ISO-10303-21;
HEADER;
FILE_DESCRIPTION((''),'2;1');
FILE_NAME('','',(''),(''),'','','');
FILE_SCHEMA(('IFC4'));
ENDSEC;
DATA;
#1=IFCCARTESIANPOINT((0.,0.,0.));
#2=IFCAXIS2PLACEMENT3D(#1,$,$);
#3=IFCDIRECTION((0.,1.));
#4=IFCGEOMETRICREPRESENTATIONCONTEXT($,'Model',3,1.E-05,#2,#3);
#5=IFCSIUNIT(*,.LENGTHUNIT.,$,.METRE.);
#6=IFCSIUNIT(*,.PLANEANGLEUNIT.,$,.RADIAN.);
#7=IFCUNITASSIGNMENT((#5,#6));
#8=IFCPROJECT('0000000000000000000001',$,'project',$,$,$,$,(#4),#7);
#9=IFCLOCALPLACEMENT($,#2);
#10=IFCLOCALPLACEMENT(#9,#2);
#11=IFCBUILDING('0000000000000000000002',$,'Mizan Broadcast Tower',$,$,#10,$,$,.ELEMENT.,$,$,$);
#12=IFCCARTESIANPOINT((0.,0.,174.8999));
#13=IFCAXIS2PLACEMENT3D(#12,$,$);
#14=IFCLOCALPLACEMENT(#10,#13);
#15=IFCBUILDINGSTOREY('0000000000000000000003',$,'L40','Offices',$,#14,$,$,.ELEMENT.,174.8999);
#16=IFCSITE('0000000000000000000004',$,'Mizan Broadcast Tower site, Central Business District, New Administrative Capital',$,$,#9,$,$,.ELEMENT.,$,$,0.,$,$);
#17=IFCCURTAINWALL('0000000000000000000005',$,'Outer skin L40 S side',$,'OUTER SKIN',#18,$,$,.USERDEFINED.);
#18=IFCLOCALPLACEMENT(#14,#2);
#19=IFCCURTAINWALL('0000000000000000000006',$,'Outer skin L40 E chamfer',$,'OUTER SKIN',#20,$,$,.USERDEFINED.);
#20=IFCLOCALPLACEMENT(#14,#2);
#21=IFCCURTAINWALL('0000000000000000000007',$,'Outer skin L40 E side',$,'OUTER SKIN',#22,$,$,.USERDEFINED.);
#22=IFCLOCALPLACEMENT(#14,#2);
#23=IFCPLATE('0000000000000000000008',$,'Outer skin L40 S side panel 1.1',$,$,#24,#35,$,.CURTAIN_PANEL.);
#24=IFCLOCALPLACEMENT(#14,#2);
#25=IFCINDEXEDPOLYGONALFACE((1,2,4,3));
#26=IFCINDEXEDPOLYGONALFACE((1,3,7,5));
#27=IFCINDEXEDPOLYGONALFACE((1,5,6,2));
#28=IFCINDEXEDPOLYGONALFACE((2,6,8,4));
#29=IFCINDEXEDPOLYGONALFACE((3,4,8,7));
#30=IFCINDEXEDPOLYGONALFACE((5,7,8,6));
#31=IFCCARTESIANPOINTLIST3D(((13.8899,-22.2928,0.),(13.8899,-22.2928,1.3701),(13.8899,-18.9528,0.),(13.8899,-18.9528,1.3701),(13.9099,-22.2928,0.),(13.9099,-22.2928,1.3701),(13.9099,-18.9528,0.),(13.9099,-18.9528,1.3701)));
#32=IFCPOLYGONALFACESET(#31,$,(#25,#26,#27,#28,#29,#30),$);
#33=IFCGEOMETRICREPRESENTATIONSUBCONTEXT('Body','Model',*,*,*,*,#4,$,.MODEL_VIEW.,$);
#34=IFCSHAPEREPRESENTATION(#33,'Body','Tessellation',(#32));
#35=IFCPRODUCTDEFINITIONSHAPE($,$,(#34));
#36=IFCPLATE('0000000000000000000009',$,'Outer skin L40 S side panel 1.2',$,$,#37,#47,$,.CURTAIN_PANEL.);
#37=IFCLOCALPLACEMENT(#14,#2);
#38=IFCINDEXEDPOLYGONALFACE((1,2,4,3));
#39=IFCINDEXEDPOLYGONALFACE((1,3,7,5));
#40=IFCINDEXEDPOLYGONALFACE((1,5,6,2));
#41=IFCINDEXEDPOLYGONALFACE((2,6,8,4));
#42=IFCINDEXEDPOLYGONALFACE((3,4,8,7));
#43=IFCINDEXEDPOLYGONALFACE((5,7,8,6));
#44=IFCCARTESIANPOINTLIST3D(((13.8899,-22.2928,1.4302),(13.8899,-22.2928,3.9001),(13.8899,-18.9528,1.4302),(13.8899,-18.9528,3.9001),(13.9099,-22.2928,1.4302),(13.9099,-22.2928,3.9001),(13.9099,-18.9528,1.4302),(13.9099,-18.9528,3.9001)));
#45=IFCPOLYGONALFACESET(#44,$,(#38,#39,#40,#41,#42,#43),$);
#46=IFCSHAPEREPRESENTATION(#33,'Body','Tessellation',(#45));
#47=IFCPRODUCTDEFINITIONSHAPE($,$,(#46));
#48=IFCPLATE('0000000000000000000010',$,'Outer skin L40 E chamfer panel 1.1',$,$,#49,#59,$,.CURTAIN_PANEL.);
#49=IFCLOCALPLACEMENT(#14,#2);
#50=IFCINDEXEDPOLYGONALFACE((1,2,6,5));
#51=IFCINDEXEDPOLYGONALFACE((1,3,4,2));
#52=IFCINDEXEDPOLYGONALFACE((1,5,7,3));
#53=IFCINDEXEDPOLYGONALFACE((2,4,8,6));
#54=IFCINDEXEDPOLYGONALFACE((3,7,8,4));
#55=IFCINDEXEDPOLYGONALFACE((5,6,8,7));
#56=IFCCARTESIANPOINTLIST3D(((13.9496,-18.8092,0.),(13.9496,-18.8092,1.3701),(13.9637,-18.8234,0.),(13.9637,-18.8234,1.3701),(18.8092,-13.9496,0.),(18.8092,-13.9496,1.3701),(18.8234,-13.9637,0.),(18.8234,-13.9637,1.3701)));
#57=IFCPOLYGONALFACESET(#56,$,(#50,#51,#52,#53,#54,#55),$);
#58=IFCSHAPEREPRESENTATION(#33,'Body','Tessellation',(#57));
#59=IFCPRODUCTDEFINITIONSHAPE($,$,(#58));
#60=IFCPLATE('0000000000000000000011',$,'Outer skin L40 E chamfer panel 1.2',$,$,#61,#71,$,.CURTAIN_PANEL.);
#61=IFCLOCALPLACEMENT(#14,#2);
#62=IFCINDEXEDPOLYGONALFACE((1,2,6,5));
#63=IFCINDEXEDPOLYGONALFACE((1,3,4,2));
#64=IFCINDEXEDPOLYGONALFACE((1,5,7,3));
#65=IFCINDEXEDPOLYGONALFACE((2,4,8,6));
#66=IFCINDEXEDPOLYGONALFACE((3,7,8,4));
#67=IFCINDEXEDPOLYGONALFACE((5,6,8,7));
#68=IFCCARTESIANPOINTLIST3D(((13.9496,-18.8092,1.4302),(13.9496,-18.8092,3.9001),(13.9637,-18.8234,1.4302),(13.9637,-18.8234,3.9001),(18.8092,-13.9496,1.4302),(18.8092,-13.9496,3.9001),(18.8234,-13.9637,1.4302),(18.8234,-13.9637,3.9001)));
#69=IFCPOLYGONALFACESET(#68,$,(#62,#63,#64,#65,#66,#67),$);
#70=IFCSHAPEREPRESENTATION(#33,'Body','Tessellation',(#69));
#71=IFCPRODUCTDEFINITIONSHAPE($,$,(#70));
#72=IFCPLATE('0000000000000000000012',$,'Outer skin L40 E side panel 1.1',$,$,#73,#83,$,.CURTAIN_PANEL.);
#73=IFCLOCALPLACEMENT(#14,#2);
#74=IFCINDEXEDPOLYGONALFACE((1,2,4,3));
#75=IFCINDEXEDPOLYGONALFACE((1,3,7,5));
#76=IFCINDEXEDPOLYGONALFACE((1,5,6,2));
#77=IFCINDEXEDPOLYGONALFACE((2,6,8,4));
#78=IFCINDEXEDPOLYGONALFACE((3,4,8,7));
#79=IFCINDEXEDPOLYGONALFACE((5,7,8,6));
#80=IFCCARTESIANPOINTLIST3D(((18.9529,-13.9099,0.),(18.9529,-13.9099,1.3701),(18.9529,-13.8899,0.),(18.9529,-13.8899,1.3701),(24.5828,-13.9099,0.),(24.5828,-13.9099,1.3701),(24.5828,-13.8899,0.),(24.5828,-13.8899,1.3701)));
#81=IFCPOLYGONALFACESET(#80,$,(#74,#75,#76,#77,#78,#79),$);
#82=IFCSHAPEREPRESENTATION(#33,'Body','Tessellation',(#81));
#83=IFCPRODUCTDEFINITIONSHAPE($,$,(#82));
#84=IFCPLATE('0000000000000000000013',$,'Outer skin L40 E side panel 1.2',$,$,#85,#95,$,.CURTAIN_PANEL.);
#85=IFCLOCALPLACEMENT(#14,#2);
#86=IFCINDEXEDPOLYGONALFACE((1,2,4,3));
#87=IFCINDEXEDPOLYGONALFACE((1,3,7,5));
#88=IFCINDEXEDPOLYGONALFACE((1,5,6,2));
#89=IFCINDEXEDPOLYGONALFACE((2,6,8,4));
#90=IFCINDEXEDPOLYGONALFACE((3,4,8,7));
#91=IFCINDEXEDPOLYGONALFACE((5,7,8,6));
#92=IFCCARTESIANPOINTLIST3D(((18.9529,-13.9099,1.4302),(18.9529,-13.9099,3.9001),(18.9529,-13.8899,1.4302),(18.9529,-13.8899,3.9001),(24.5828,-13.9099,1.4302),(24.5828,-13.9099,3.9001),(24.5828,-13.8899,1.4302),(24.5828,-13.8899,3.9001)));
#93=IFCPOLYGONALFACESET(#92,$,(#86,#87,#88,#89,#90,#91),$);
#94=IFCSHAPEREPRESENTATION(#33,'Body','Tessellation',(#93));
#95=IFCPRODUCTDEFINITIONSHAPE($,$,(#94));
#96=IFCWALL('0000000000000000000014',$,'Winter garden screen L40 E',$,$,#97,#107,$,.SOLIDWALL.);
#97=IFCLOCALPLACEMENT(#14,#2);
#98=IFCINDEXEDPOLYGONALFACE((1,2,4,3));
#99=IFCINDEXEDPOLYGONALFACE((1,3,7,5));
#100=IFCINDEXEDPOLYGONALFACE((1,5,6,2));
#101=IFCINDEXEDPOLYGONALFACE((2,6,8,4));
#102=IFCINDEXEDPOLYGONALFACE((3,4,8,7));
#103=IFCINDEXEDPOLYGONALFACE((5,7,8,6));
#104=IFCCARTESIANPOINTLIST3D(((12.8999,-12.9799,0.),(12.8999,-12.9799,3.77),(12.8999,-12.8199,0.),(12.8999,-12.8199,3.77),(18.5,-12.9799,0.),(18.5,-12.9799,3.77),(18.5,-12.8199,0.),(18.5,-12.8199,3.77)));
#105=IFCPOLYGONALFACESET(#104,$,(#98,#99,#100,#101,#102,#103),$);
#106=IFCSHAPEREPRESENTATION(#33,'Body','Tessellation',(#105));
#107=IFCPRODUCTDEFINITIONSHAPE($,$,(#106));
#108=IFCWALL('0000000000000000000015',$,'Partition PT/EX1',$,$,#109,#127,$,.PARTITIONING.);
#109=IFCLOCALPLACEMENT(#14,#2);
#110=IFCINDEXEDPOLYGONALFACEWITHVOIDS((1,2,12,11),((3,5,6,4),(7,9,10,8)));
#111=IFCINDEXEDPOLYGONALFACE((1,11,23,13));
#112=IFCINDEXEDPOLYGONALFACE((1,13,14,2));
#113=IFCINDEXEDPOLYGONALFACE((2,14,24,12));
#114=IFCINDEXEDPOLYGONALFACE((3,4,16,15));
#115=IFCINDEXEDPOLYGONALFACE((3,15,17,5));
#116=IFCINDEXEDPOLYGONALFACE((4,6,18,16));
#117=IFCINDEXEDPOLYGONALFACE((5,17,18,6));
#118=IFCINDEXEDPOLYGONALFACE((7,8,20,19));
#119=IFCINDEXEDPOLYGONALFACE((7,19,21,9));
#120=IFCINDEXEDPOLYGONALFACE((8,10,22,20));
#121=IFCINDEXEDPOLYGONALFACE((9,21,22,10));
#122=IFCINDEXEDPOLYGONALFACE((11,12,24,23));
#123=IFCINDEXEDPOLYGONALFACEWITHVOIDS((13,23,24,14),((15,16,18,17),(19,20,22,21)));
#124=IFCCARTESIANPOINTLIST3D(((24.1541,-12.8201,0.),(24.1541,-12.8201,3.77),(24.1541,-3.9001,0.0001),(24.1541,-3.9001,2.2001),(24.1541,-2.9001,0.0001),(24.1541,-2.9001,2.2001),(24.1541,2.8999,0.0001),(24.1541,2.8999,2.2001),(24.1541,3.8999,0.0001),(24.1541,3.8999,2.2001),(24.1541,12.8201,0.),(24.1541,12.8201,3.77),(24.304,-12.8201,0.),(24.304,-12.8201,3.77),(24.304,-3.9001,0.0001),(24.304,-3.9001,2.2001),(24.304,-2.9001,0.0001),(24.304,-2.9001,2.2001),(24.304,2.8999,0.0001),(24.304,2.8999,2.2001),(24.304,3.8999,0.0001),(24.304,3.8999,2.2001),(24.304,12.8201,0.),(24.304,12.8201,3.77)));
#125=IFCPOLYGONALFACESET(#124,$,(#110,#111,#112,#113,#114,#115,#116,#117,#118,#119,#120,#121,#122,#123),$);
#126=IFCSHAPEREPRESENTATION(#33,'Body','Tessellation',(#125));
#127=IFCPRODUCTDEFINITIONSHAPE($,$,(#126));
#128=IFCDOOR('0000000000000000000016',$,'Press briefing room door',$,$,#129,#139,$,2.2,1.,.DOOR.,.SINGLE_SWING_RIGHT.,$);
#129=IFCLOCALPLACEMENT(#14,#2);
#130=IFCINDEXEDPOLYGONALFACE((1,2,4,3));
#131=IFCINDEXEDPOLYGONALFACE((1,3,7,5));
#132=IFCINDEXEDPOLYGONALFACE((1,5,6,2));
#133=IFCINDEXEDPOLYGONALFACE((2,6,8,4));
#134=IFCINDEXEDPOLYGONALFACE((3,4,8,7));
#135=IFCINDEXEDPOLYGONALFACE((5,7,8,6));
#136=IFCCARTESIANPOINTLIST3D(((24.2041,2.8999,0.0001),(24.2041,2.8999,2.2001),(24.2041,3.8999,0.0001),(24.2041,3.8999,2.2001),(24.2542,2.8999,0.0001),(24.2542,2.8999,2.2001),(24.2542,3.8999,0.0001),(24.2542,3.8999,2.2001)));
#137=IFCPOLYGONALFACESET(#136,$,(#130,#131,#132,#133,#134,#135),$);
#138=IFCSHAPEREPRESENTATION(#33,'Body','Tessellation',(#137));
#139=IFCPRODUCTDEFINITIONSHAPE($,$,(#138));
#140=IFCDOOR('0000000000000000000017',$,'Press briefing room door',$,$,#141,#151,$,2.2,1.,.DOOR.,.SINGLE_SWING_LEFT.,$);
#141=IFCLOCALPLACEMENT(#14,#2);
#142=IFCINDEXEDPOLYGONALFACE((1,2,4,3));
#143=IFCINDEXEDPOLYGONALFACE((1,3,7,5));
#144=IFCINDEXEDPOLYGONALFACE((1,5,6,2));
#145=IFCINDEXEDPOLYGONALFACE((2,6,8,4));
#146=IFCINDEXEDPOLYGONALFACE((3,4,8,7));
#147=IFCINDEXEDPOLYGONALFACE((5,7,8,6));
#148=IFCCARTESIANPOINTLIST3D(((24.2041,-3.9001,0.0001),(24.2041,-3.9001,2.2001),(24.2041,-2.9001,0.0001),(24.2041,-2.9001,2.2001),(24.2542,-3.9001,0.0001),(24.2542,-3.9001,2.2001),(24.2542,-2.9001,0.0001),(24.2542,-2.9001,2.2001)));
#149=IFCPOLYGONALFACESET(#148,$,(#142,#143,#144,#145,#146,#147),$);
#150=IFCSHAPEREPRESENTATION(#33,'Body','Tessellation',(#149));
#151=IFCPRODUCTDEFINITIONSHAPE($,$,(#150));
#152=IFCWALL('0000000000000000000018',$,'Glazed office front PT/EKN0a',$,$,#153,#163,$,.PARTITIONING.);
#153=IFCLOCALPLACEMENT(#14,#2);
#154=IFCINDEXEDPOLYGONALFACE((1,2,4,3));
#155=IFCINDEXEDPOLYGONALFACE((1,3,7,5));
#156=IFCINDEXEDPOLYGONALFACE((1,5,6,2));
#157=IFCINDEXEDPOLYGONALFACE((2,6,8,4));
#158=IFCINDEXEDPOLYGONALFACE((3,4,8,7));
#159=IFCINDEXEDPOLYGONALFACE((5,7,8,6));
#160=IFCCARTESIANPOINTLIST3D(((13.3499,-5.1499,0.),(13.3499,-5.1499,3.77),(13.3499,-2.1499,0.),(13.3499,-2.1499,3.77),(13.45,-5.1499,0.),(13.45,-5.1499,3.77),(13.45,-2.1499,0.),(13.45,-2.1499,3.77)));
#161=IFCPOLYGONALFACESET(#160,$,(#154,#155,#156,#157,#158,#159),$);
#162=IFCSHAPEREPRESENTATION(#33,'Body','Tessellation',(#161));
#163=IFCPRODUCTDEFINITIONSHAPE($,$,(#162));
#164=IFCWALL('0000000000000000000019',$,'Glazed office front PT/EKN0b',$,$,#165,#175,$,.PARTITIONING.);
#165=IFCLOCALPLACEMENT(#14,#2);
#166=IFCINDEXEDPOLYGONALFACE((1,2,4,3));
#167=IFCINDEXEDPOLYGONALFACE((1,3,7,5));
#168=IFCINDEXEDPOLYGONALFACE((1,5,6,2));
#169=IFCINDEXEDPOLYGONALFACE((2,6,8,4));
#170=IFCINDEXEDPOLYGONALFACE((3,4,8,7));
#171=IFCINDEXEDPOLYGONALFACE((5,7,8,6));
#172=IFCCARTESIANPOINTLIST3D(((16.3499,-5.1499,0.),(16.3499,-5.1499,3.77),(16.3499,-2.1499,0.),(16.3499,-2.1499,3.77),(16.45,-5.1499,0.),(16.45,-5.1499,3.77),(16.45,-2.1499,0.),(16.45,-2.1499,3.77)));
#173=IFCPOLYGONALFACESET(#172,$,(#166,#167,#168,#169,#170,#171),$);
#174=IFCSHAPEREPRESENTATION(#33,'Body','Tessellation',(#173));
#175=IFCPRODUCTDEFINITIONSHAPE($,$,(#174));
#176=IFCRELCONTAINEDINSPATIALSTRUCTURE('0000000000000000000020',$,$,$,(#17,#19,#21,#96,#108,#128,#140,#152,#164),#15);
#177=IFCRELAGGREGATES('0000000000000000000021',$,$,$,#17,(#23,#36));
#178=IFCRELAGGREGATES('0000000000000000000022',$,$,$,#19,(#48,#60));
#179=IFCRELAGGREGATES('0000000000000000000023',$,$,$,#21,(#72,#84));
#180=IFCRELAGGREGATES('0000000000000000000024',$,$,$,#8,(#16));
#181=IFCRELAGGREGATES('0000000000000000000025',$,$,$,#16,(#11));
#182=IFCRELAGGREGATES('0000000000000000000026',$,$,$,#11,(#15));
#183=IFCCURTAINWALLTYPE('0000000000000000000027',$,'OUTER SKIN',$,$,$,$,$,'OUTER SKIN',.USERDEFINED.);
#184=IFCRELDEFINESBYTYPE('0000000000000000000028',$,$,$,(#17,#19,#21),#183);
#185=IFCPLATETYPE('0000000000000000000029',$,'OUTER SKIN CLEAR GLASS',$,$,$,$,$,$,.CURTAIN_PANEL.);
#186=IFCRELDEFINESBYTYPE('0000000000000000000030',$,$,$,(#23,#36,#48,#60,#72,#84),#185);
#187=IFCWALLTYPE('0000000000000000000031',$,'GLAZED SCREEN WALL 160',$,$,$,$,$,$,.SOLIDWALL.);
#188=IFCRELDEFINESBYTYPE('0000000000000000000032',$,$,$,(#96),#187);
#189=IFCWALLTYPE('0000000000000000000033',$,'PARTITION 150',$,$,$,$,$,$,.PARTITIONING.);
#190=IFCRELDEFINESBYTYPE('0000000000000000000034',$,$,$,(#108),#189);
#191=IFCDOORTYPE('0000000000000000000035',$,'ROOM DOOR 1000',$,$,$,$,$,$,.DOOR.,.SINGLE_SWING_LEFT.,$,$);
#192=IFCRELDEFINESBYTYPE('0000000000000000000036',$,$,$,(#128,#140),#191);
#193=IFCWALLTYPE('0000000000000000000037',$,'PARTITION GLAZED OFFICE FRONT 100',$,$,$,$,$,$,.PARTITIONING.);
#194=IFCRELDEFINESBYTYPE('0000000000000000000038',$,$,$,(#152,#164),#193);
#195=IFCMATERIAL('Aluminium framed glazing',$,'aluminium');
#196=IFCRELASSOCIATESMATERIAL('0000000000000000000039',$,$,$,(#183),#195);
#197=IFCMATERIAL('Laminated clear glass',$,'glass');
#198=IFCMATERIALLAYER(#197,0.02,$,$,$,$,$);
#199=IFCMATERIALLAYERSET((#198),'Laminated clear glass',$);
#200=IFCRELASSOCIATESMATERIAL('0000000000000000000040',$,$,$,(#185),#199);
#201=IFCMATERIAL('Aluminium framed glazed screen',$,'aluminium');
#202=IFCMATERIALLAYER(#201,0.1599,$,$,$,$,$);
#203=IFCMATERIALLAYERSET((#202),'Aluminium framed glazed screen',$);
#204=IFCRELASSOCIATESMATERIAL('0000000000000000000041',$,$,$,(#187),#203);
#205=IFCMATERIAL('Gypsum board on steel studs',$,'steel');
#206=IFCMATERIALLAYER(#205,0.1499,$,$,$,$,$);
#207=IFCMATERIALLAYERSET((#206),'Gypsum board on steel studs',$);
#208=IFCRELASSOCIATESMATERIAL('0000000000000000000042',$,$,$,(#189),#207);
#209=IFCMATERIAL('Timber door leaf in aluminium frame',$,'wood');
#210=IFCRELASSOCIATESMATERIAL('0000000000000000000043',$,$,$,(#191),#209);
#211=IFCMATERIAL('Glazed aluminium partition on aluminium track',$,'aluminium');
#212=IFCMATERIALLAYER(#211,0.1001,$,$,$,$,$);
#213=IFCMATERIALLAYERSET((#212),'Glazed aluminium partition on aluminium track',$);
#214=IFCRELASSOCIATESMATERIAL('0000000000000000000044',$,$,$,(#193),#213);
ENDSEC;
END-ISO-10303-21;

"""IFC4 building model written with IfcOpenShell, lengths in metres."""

from ifc_helpers import new_model, si_unit, direction, frame, frame_2d, origin, origin_2d, place, context, subcontext, project, spatial, rectangle, extrude, material, layer, layer_set, type_object, element, fill, aggregate, save


model = new_model("IFC4")

# Units and contexts
model_context = context("Model", 3, precision=1e-05, world=origin(), true_north=direction((0.0, 1.0)))
body_context = subcontext(model_context, "Body", "Model", "MODEL_VIEW")
ifc_project = project(units=[si_unit("LENGTHUNIT", "METRE"), si_unit("PLANEANGLEUNIT", "RADIAN")], contexts=[model_context])

# Site, building, storey
site_placement = place(None, origin())
site = spatial("IfcSite", under=ifc_project, at=site_placement, Name="Mizan Broadcast Tower site, Central Business District, New Administrative Capital", CompositionType="ELEMENT", RefElevation=0.0)
building_placement = place(site_placement, origin())
building = spatial("IfcBuilding", under=site, at=building_placement, Name="Mizan Broadcast Tower", CompositionType="ELEMENT")
storey_placement = place(building_placement, frame((0.0, 0.0, 174.8999)))
storey = spatial("IfcBuildingStorey", under=building, at=storey_placement, Name="L40", Description="Offices", CompositionType="ELEMENT", Elevation=174.8999)

# Curtain walls
ifc_material_1 = material(Name="Aluminium framed glazing", Category="aluminium")
curtain_wall_type_1 = type_object("IfcCurtainWallType", Name="OUTER SKIN", ElementType="OUTER SKIN", PredefinedType="USERDEFINED", material=ifc_material_1)
curtain_wall_1_placement = place(storey_placement, origin())
curtain_wall_1 = element("IfcCurtainWall", 1, at=curtain_wall_1_placement, inside=storey, type_object=curtain_wall_type_1, Name="Outer skin L40 S side", ObjectType="OUTER SKIN", PredefinedType="USERDEFINED")
curtain_wall_2_placement = place(storey_placement, origin())
curtain_wall_2 = element("IfcCurtainWall", 2, at=curtain_wall_2_placement, inside=storey, type_object=curtain_wall_type_1, Name="Outer skin L40 E chamfer", ObjectType="OUTER SKIN", PredefinedType="USERDEFINED")
curtain_wall_3_placement = place(storey_placement, origin())
curtain_wall_3 = element("IfcCurtainWall", 3, at=curtain_wall_3_placement, inside=storey, type_object=curtain_wall_type_1, Name="Outer skin L40 E side", ObjectType="OUTER SKIN", PredefinedType="USERDEFINED")

# Plates
ifc_material_2 = material(Name="Laminated clear glass", Category="glass")
ifc_layer_1 = layer(ifc_material_2, 0.02)
ifc_layer_set_1 = layer_set([ifc_layer_1], Name="Laminated clear glass")
plate_type_1 = type_object("IfcPlateType", Name="OUTER SKIN CLEAR GLASS", PredefinedType="CURTAIN_PANEL", material=ifc_layer_set_1)
plate_1_placement = place(storey_placement, frame((13.8999, -20.6228, 0.0), z_axis=(0.0, 0.0, 1.0), x_axis=(0.0, 1.0, 0.0)))
plate_1 = element("IfcPlate", 4, at=plate_1_placement, type_object=plate_type_1, Name="Outer skin L40 S side panel 1.1", PredefinedType="CURTAIN_PANEL", context=body_context, shape_type="SweptSolid", body=[
    extrude(rectangle(XDim=3.3401, YDim=0.02, at=origin_2d()), origin(), (0.0, 0.0, 1.0), 1.3701),
])
plate_2_placement = place(storey_placement, frame((13.8999, -20.6228, 1.4302), z_axis=(0.0, 0.0, 1.0), x_axis=(0.0, 1.0, 0.0)))
plate_2 = element("IfcPlate", 5, at=plate_2_placement, type_object=plate_type_1, Name="Outer skin L40 S side panel 1.2", PredefinedType="CURTAIN_PANEL", context=body_context, shape_type="SweptSolid", body=[
    extrude(rectangle(XDim=3.3401, YDim=0.02, at=origin_2d()), origin(), (0.0, 0.0, 1.0), 2.47),
])
aggregate(curtain_wall_1, [plate_1, plate_2])
plate_3_placement = place(storey_placement, frame((16.3865, -16.3865, 0.0), z_axis=(0.0, 0.0, 1.0), x_axis=(0.707107, 0.707107, 0.0)))
plate_3 = element("IfcPlate", 6, at=plate_3_placement, type_object=plate_type_1, Name="Outer skin L40 E chamfer panel 1.1", PredefinedType="CURTAIN_PANEL", context=body_context, shape_type="SweptSolid", body=[
    extrude(rectangle(XDim=6.8726, YDim=0.02, at=origin_2d()), origin(), (0.0, 0.0, 1.0), 1.3701),
])
plate_4_placement = place(storey_placement, frame((16.3865, -16.3865, 1.4302), z_axis=(0.0, 0.0, 1.0), x_axis=(0.707107, 0.707107, 0.0)))
plate_4 = element("IfcPlate", 7, at=plate_4_placement, type_object=plate_type_1, Name="Outer skin L40 E chamfer panel 1.2", PredefinedType="CURTAIN_PANEL", context=body_context, shape_type="SweptSolid", body=[
    extrude(rectangle(XDim=6.8726, YDim=0.02, at=origin_2d()), origin(), (0.0, 0.0, 1.0), 2.47),
])
aggregate(curtain_wall_2, [plate_3, plate_4])
plate_5_placement = place(storey_placement, frame((21.7678, -13.8999, 0.0), z_axis=(0.0, 0.0, 1.0), x_axis=(1.0, 0.0, 0.0)))
plate_5 = element("IfcPlate", 8, at=plate_5_placement, type_object=plate_type_1, Name="Outer skin L40 E side panel 1.1", PredefinedType="CURTAIN_PANEL", context=body_context, shape_type="SweptSolid", body=[
    extrude(rectangle(XDim=5.6299, YDim=0.02, at=origin_2d()), origin(), (0.0, 0.0, 1.0), 1.3701),
])
plate_6_placement = place(storey_placement, frame((21.7678, -13.8999, 1.4302), z_axis=(0.0, 0.0, 1.0), x_axis=(1.0, 0.0, 0.0)))
plate_6 = element("IfcPlate", 9, at=plate_6_placement, type_object=plate_type_1, Name="Outer skin L40 E side panel 1.2", PredefinedType="CURTAIN_PANEL", context=body_context, shape_type="SweptSolid", body=[
    extrude(rectangle(XDim=5.6299, YDim=0.02, at=origin_2d()), origin(), (0.0, 0.0, 1.0), 2.47),
])
aggregate(curtain_wall_3, [plate_5, plate_6])

# Wall
ifc_material_3 = material(Name="Aluminium framed glazed screen", Category="aluminium")
ifc_layer_2 = layer(ifc_material_3, 0.1599)
ifc_layer_set_2 = layer_set([ifc_layer_2], Name="Aluminium framed glazed screen")
wall_type_1 = type_object("IfcWallType", Name="GLAZED SCREEN WALL 160", PredefinedType="SOLIDWALL", material=ifc_layer_set_2)
wall_1_placement = place(storey_placement, frame((12.8999, -12.8999, 0.0), z_axis=(0.0, 0.0, 1.0), x_axis=(1.0, 0.0, 0.0)))
element("IfcWall", 10, at=wall_1_placement, inside=storey, type_object=wall_type_1, Name="Winter garden screen L40 E", PredefinedType="SOLIDWALL", context=body_context, shape_type="SweptSolid", body=[
    extrude(rectangle(XDim=5.6001, YDim=0.1599, at=frame_2d((2.8, 0.0))), origin(), (0.0, 0.0, 1.0), 3.77),
])

# Wall, openings, doors
ifc_material_4 = material(Name="Gypsum board on steel studs", Category="steel")
ifc_layer_3 = layer(ifc_material_4, 0.1499)
ifc_layer_set_3 = layer_set([ifc_layer_3], Name="Gypsum board on steel studs")
wall_type_2 = type_object("IfcWallType", Name="PARTITION 150", PredefinedType="PARTITIONING", material=ifc_layer_set_3)
wall_2_placement = place(storey_placement, frame((24.229, -12.8201, 0.0), z_axis=(0.0, 0.0, 1.0), x_axis=(0.0, 1.0, 0.0)))
wall_2 = element("IfcWall", 11, at=wall_2_placement, inside=storey, type_object=wall_type_2, Name="Partition PT/EX1", PredefinedType="PARTITIONING", context=body_context, shape_type="SweptSolid", body=[
    extrude(rectangle(XDim=25.6401, YDim=0.1499, at=frame_2d((12.8201, 0.0))), origin(), (0.0, 0.0, 1.0), 3.77),
])
opening_1_placement = place(wall_2_placement, frame((15.72, 0.0, 0.0)))
opening_1 = element("IfcOpeningElement", 12, at=opening_1_placement, cuts=wall_2, PredefinedType="OPENING", context=body_context, shape_type="SweptSolid", body=[
    extrude(rectangle(XDim=1.0, YDim=2.2, at=frame_2d((0.5, 1.1001))), frame((0.0, 0.085, 0.0), z_axis=(0.0, -1.0, 0.0), x_axis=(1.0, 0.0, 0.0)), (0.0, 0.0, 1.0), 0.1699),
])
opening_2_placement = place(wall_2_placement, frame((8.9199, 0.0, 0.0)))
opening_2 = element("IfcOpeningElement", 13, at=opening_2_placement, cuts=wall_2, PredefinedType="OPENING", context=body_context, shape_type="SweptSolid", body=[
    extrude(rectangle(XDim=1.0, YDim=2.2, at=frame_2d((0.5, 1.1001))), frame((0.0, 0.085, 0.0), z_axis=(0.0, -1.0, 0.0), x_axis=(1.0, 0.0, 0.0)), (0.0, 0.0, 1.0), 0.1699),
])
ifc_material_5 = material(Name="Timber door leaf in aluminium frame", Category="wood")
door_type_1 = type_object("IfcDoorType", Name="ROOM DOOR 1000", OperationType="SINGLE_SWING_LEFT", PredefinedType="DOOR", material=ifc_material_5)
door_1_placement = place(opening_1_placement, origin())
door_1 = element("IfcDoor", 14, at=door_1_placement, inside=storey, type_object=door_type_1, Name="Press briefing room door", OperationType="SINGLE_SWING_RIGHT", OverallHeight=2.2, OverallWidth=1.0, PredefinedType="DOOR", context=body_context, shape_type="SweptSolid", body=[
    extrude(rectangle(XDim=1.0, YDim=2.2, at=frame_2d((0.5, 1.1001))), frame((0.0, 0.0249, 0.0), z_axis=(0.0, -1.0, 0.0), x_axis=(1.0, 0.0, 0.0)), (0.0, 0.0, 1.0), 0.05),
])
fill(opening_1, door_1)
door_2_placement = place(opening_2_placement, origin())
door_2 = element("IfcDoor", 15, at=door_2_placement, inside=storey, type_object=door_type_1, Name="Press briefing room door", OperationType="SINGLE_SWING_LEFT", OverallHeight=2.2, OverallWidth=1.0, PredefinedType="DOOR", context=body_context, shape_type="SweptSolid", body=[
    extrude(rectangle(XDim=1.0, YDim=2.2, at=frame_2d((0.5, 1.1001))), frame((0.0, 0.0249, 0.0), z_axis=(0.0, -1.0, 0.0), x_axis=(1.0, 0.0, 0.0)), (0.0, 0.0, 1.0), 0.05),
])
fill(opening_2, door_2)

# Walls
ifc_material_6 = material(Name="Glazed aluminium partition on aluminium track", Category="aluminium")
ifc_layer_4 = layer(ifc_material_6, 0.1001)
ifc_layer_set_4 = layer_set([ifc_layer_4], Name="Glazed aluminium partition on aluminium track")
wall_type_3 = type_object("IfcWallType", Name="PARTITION GLAZED OFFICE FRONT 100", PredefinedType="PARTITIONING", material=ifc_layer_set_4)
for number, where, z_axis, x_axis, name in (
    (16, (13.3999, -2.1499, 0.0), (0.0, 0.0, 1.0), (0.0, -1.0, 0.0), "Glazed office front PT/EKN0a"),
    (17, (16.3999, -2.1499, 0.0), (0.0, 0.0, 1.0), (0.0, -1.0, 0.0), "Glazed office front PT/EKN0b"),
):
    element("IfcWall", number, at=place(storey_placement, frame(where, z_axis=z_axis, x_axis=x_axis)), inside=storey, type_object=wall_type_3, Name=name, PredefinedType="PARTITIONING", context=body_context, shape_type="SweptSolid", body=[
        extrude(rectangle(XDim=3.0, YDim=0.1001, at=frame_2d((1.5, 0.0))), origin(), (0.0, 0.0, 1.0), 3.77),
    ])

save(model, "model.ifc")
